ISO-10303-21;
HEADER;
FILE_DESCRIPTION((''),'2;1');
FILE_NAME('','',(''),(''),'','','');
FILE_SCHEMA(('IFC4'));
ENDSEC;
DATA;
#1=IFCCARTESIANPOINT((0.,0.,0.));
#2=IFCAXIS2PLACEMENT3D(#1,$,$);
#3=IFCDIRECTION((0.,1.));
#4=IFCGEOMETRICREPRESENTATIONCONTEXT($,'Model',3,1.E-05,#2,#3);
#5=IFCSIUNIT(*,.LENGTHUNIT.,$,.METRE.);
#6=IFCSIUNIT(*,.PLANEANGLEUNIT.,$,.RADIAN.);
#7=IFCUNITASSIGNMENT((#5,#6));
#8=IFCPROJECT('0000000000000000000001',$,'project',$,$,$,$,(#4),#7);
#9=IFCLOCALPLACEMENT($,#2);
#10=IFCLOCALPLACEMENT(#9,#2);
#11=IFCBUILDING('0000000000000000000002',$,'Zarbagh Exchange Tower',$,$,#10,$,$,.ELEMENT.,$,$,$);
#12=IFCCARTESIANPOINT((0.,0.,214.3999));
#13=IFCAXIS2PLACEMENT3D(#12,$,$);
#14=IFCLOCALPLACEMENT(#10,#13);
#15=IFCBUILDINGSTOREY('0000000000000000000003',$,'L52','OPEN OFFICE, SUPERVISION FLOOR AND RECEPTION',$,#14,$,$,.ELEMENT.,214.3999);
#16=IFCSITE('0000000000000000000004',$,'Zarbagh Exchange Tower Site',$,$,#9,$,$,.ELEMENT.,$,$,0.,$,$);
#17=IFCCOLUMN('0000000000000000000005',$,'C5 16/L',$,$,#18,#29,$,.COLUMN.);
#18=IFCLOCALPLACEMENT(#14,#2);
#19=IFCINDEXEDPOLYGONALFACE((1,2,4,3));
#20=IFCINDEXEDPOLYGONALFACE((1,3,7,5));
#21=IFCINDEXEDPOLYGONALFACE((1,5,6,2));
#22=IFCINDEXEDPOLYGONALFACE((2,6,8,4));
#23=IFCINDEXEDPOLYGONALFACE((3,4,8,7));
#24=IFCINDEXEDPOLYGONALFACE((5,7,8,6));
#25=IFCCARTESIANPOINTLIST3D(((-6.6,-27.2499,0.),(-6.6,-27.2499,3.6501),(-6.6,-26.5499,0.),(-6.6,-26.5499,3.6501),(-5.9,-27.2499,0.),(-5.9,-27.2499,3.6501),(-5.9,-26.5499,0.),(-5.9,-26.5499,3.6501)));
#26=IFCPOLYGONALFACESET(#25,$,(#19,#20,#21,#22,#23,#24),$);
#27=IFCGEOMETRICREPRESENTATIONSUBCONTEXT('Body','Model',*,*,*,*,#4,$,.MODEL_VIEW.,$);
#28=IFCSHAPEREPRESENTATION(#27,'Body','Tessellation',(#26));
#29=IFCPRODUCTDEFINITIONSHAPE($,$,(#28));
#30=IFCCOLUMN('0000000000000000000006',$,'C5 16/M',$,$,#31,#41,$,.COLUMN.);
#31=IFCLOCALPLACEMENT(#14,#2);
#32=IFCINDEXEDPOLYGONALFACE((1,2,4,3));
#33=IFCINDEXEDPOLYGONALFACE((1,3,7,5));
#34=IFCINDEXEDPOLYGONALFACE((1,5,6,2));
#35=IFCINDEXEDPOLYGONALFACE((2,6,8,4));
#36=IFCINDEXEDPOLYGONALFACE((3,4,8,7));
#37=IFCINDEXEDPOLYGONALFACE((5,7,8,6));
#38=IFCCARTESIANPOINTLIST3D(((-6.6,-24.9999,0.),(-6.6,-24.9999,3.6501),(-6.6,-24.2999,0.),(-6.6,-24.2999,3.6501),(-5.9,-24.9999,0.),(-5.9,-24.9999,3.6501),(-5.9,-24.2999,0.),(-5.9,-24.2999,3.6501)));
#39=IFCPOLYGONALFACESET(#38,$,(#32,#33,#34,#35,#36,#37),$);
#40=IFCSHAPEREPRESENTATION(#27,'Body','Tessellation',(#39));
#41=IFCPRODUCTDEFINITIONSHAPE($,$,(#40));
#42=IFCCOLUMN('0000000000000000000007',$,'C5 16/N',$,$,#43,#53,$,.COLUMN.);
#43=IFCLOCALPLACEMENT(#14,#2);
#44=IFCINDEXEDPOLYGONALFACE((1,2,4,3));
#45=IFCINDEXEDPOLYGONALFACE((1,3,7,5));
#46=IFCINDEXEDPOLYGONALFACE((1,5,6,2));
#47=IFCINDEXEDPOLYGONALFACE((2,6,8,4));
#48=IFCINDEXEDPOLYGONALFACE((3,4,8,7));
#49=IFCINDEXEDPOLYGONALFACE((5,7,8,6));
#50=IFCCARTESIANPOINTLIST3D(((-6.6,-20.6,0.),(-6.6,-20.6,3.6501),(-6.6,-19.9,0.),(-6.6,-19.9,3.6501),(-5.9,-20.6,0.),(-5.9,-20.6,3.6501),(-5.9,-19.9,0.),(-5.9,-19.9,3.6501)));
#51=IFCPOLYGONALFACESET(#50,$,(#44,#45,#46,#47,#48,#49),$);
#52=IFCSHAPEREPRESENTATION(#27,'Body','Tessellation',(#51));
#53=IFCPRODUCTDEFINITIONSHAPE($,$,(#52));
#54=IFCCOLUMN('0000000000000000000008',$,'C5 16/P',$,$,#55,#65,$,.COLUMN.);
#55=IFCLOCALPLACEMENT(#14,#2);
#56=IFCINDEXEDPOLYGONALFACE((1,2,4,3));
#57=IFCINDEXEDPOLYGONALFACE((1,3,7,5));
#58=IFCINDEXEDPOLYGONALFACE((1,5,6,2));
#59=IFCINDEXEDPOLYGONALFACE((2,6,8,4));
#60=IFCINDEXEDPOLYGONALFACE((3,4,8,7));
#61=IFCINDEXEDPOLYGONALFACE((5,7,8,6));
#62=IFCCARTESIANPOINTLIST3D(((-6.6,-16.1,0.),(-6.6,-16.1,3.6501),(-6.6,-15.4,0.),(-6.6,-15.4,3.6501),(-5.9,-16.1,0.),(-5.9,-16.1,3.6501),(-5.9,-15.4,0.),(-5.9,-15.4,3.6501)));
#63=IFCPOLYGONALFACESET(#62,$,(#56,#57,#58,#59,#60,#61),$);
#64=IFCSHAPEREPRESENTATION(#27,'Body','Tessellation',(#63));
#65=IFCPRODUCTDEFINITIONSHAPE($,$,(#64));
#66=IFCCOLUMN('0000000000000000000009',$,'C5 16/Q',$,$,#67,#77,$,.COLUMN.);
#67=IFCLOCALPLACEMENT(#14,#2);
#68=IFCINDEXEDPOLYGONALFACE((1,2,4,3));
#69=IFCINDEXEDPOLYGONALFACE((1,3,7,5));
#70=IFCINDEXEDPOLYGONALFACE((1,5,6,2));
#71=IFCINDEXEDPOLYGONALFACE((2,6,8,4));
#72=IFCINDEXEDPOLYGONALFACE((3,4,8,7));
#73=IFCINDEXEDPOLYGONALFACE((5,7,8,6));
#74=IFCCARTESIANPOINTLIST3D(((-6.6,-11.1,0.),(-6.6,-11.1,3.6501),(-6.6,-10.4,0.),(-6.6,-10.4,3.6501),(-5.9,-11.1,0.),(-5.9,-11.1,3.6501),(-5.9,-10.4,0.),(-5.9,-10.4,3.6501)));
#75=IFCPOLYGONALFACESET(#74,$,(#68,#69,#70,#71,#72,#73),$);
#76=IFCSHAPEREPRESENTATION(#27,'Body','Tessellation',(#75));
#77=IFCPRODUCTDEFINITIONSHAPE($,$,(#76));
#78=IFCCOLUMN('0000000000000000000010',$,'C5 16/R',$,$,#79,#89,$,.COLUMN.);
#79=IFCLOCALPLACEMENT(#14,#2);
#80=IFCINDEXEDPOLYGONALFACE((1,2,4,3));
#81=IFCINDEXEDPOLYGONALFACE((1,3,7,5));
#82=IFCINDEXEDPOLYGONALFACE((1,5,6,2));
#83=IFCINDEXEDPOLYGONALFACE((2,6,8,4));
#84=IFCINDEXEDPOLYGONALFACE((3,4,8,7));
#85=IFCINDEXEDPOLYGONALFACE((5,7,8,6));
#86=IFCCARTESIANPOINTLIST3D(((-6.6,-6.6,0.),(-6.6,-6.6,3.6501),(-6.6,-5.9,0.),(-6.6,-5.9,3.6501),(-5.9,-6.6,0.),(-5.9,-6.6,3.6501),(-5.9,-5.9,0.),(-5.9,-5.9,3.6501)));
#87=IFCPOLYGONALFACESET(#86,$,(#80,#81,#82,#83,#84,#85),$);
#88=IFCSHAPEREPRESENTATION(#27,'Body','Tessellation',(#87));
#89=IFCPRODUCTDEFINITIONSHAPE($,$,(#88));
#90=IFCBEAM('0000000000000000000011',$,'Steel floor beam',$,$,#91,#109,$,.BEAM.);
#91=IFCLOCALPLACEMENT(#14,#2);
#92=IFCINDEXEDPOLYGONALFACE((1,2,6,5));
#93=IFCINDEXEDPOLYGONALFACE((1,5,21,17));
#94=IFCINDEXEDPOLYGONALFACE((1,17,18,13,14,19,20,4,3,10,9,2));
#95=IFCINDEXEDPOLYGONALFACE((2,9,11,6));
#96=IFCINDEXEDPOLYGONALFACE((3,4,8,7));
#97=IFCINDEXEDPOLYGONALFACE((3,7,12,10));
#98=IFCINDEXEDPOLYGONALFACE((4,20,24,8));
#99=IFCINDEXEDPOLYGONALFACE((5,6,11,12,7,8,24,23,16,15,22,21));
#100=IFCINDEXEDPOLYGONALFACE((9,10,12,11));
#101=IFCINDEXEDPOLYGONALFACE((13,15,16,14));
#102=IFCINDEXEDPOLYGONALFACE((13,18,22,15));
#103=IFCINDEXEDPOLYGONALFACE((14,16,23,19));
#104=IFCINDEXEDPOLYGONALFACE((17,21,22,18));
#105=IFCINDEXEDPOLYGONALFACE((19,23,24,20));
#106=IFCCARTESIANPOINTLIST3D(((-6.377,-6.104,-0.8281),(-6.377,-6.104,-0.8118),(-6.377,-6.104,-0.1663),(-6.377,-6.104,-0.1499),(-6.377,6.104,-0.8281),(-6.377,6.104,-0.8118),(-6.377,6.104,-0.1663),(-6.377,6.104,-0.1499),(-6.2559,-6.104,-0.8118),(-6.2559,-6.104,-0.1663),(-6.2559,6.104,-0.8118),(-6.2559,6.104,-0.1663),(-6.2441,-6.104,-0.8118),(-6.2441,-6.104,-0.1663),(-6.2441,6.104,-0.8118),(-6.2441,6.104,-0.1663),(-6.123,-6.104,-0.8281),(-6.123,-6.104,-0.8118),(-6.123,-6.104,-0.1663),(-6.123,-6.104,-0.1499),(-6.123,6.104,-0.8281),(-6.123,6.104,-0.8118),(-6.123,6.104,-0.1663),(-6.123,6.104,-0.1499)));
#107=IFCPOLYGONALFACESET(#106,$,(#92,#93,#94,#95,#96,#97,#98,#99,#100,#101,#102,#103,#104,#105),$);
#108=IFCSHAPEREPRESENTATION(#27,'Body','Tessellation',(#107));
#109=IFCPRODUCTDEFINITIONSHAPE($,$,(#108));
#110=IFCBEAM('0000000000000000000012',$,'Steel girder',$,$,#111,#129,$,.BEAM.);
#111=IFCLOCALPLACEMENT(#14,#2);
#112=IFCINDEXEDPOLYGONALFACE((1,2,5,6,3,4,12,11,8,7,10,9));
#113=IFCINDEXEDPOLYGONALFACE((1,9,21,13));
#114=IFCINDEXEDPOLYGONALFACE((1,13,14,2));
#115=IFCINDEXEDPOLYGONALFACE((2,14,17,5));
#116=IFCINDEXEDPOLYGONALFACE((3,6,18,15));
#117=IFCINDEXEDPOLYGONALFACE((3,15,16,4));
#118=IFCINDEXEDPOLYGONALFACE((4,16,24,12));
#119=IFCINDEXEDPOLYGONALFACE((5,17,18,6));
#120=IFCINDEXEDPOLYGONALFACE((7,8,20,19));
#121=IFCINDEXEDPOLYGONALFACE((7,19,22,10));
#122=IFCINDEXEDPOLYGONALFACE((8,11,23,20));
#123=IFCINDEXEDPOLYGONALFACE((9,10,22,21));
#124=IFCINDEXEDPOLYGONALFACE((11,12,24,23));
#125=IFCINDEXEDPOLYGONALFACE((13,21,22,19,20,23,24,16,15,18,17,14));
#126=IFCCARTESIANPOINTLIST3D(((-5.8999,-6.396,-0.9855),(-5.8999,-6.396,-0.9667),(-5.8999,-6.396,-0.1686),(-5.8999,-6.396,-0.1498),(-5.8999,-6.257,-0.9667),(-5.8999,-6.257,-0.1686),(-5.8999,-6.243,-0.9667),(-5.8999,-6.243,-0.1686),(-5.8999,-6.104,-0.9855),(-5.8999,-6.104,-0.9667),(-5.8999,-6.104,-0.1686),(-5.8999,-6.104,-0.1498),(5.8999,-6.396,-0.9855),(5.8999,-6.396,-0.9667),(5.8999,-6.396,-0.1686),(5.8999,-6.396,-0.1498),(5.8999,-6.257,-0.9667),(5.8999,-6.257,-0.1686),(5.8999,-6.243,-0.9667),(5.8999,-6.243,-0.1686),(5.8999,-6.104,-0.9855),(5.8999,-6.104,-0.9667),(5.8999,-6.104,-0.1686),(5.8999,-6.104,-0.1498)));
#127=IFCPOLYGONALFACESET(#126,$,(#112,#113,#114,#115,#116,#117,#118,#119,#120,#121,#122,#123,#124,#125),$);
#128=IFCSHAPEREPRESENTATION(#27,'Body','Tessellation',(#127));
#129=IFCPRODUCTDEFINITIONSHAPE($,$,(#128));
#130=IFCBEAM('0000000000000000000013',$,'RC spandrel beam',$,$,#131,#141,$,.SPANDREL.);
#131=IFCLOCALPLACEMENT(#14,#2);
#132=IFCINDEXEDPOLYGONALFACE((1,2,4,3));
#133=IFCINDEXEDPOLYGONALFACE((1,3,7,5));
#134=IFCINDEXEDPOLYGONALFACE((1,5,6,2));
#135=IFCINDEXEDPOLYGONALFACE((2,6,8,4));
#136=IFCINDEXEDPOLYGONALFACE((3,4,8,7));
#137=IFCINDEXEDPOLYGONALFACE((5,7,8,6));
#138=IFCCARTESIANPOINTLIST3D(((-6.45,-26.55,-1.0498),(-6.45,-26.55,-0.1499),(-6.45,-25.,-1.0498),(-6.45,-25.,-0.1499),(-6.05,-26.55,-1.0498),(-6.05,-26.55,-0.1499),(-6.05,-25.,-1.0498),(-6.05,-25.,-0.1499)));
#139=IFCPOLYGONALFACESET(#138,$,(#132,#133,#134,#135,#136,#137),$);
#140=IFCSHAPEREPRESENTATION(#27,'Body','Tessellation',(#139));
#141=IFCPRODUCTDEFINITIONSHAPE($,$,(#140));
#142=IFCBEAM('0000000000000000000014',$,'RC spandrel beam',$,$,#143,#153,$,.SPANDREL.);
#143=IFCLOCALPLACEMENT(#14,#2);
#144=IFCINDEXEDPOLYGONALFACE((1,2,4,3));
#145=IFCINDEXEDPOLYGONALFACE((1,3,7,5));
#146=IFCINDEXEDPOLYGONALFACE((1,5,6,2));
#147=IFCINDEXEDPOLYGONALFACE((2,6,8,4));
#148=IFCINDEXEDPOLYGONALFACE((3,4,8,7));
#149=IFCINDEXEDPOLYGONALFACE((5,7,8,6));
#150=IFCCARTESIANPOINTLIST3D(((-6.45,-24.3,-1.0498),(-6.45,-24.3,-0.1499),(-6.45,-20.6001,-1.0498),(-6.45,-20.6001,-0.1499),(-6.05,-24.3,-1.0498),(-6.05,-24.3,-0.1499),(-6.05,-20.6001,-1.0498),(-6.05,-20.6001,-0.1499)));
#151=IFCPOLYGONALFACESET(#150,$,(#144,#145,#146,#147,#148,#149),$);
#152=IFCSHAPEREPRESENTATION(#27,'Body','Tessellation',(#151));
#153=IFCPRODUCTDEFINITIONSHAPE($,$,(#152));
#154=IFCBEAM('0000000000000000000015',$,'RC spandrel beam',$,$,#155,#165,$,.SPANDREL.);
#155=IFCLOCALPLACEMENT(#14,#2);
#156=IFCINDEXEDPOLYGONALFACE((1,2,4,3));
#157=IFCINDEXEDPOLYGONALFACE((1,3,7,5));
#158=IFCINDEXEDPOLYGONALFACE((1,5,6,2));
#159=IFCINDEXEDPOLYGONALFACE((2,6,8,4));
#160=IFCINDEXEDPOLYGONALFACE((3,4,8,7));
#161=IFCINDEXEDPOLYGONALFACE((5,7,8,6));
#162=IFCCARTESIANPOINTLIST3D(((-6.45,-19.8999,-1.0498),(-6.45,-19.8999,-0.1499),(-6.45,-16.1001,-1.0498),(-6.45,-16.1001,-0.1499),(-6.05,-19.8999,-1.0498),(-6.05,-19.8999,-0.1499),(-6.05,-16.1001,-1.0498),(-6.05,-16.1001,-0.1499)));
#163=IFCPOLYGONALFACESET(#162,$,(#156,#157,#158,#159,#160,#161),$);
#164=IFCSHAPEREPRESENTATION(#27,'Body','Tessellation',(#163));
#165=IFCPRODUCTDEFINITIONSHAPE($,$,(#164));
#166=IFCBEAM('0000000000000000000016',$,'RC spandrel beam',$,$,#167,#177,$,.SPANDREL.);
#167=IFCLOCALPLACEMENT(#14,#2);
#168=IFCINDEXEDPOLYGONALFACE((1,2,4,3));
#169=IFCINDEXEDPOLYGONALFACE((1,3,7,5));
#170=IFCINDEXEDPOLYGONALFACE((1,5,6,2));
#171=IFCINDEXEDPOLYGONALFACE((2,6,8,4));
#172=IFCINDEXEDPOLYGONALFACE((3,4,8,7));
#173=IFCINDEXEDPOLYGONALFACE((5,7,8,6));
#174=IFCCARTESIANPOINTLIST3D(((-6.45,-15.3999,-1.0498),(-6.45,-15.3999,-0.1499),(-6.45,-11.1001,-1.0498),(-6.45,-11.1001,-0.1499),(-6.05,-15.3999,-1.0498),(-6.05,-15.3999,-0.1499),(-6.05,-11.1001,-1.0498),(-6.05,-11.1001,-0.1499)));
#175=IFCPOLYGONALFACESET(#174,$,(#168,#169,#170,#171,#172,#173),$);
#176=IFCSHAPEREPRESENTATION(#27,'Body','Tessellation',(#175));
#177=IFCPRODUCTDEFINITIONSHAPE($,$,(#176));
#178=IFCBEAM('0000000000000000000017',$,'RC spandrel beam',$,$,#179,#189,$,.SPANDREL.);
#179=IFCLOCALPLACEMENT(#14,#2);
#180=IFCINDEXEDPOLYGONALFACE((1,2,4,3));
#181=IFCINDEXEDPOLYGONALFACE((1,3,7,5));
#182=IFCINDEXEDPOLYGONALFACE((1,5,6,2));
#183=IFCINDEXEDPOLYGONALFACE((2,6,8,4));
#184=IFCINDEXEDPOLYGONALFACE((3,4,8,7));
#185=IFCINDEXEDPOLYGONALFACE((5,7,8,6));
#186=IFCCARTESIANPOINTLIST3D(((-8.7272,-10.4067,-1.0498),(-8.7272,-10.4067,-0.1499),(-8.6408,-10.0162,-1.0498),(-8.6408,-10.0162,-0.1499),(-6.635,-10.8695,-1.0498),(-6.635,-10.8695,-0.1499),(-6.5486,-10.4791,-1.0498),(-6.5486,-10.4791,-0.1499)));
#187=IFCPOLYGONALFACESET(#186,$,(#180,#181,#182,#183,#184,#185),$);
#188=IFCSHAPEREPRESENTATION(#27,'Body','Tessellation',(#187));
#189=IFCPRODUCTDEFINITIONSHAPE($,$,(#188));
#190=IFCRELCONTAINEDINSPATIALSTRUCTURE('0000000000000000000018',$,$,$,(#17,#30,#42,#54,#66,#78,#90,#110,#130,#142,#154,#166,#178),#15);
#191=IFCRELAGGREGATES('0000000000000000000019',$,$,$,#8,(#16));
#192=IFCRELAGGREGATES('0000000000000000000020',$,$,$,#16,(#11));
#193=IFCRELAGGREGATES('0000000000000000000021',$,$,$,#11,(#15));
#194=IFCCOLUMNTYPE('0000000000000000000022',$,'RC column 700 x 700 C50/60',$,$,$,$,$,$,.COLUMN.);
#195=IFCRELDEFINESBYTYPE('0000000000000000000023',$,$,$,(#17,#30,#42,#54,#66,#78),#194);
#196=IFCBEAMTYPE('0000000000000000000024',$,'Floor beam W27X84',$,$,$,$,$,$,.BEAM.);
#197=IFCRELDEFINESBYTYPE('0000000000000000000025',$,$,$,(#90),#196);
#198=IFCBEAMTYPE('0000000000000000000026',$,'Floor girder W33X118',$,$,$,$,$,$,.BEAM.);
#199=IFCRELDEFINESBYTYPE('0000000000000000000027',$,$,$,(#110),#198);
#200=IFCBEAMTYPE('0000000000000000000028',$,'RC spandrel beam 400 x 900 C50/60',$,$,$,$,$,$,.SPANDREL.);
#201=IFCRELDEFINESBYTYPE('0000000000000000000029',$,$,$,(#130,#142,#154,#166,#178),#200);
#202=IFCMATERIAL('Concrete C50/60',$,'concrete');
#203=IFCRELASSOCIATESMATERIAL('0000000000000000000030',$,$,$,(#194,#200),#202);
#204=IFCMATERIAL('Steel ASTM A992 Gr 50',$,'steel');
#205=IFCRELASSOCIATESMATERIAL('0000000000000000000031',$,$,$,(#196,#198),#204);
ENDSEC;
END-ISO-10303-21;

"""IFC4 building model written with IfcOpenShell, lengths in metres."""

from ifc_helpers import new_model, si_unit, direction, frame, origin, origin_2d, place, context, subcontext, project, spatial, rectangle, i_section, extrude, material, material_profile, profile_set, type_object, element, save


model = new_model("IFC4")

# Units and contexts
model_context = context("Model", 3, precision=1e-05, world=origin(), true_north=direction((0.0, 1.0)))
body_context = subcontext(model_context, "Body", "Model", "MODEL_VIEW")
ifc_project = project(units=[si_unit("LENGTHUNIT", "METRE"), si_unit("PLANEANGLEUNIT", "RADIAN")], contexts=[model_context])

# Site, building, storey
site_placement = place(None, origin())
site = spatial("IfcSite", under=ifc_project, at=site_placement, Name="Zarbagh Exchange Tower Site", CompositionType="ELEMENT", RefElevation=0.0)
building_placement = place(site_placement, origin())
building = spatial("IfcBuilding", under=site, at=building_placement, Name="Zarbagh Exchange Tower", CompositionType="ELEMENT")
storey_placement = place(building_placement, frame((0.0, 0.0, 214.3999)))
storey = spatial("IfcBuildingStorey", under=building, at=storey_placement, Name="L52", Description="OPEN OFFICE, SUPERVISION FLOOR AND RECEPTION", CompositionType="ELEMENT", Elevation=214.3999)

# Columns
ifc_material_1 = material(Name="Concrete C50/60", Category="concrete")
ifc_material_profile_1 = material_profile(ifc_material_1, rectangle(XDim=0.7, YDim=0.7, at=origin_2d()), Name="RC column 700 x 700 C50/60")
ifc_profile_set_1 = profile_set([ifc_material_profile_1], Name="Concrete C50/60")
column_type = type_object("IfcColumnType", Name="RC column 700 x 700 C50/60", PredefinedType="COLUMN", material=ifc_profile_set_1)
for number, where, z_axis, x_axis, name in (
    (1, (-6.25, -26.8999, 0.0), (0.0, 0.0, 1.0), (1.0, 0.0, 0.0), "C5 16/L"),
    (2, (-6.25, -24.6499, 0.0), (0.0, 0.0, 1.0), (1.0, 0.0, 0.0), "C5 16/M"),
    (3, (-6.25, -20.25, 0.0), (0.0, 0.0, 1.0), (1.0, 0.0, 0.0), "C5 16/N"),
    (4, (-6.25, -15.75, 0.0), (0.0, 0.0, 1.0), (1.0, 0.0, 0.0), "C5 16/P"),
    (5, (-6.25, -10.75, 0.0), (0.0, 0.0, 1.0), (1.0, 0.0, 0.0), "C5 16/Q"),
    (6, (-6.25, -6.25, 0.0), (0.0, 0.0, 1.0), (1.0, 0.0, 0.0), "C5 16/R"),
):
    element("IfcColumn", number, at=place(storey_placement, frame(where, z_axis=z_axis, x_axis=x_axis)), inside=storey, type_object=column_type, Name=name, PredefinedType="COLUMN", context=body_context, shape_type="SweptSolid", body=[
        extrude(rectangle(XDim=0.7, YDim=0.7, at=origin_2d()), origin(), (0.0, 0.0, 1.0), 3.6501),
    ])

# Beams
ifc_material_2 = material(Name="Steel ASTM A992 Gr 50", Category="steel")
ifc_material_profile_2 = material_profile(ifc_material_2, i_section(OverallWidth=0.2539, OverallDepth=0.6782, WebThickness=0.0117, FlangeThickness=0.0164, at=origin_2d()), Name="W27X84")
ifc_profile_set_2 = profile_set([ifc_material_profile_2], Name="Steel ASTM A992 Gr 50")
beam_type_1 = type_object("IfcBeamType", Name="Floor beam W27X84", PredefinedType="BEAM", material=ifc_profile_set_2)
beam_1_placement = place(storey_placement, frame((-6.25, -6.104, -0.489), z_axis=(0.0, 1.0, 0.0), x_axis=(-1.0, 0.0, 0.0)))
element("IfcBeam", 7, at=beam_1_placement, inside=storey, type_object=beam_type_1, Name="Steel floor beam", PredefinedType="BEAM", context=body_context, shape_type="SweptSolid", body=[
    extrude(i_section(OverallWidth=0.2539, OverallDepth=0.6782, WebThickness=0.0117, FlangeThickness=0.0164, at=origin_2d()), origin(), (0.0, 0.0, 1.0), 12.208),
])
ifc_material_profile_3 = material_profile(ifc_material_2, i_section(OverallWidth=0.292, OverallDepth=0.8357, WebThickness=0.0139, FlangeThickness=0.0188, at=origin_2d()), Name="W33X118")
ifc_profile_set_3 = profile_set([ifc_material_profile_3], Name="Steel ASTM A992 Gr 50")
beam_type_2 = type_object("IfcBeamType", Name="Floor girder W33X118", PredefinedType="BEAM", material=ifc_profile_set_3)
beam_2_placement = place(storey_placement, frame((-5.8999, -6.25, -0.5676), z_axis=(1.0, 0.0, 0.0), x_axis=(0.0, 1.0, 0.0)))
element("IfcBeam", 8, at=beam_2_placement, inside=storey, type_object=beam_type_2, Name="Steel girder", PredefinedType="BEAM", context=body_context, shape_type="SweptSolid", body=[
    extrude(i_section(OverallWidth=0.292, OverallDepth=0.8357, WebThickness=0.0139, FlangeThickness=0.0188, at=origin_2d()), origin(), (0.0, 0.0, 1.0), 11.7998),
])
ifc_material_profile_4 = material_profile(ifc_material_1, rectangle(XDim=0.3999, YDim=0.8999, at=origin_2d()), Name="RC spandrel beam 400 x 900 C50/60")
ifc_profile_set_4 = profile_set([ifc_material_profile_4], Name="Concrete C50/60")
beam_type_3 = type_object("IfcBeamType", Name="RC spandrel beam 400 x 900 C50/60", PredefinedType="SPANDREL", material=ifc_profile_set_4)
beam_3_placement = place(storey_placement, frame((-6.25, -26.55, -0.5999), z_axis=(0.0, 1.0, 0.0), x_axis=(-1.0, 0.0, 0.0)))
element("IfcBeam", 9, at=beam_3_placement, inside=storey, type_object=beam_type_3, Name="RC spandrel beam", PredefinedType="SPANDREL", context=body_context, shape_type="SweptSolid", body=[
    extrude(rectangle(XDim=0.3999, YDim=0.8999, at=origin_2d()), origin(), (0.0, 0.0, 1.0), 1.55),
])
beam_4_placement = place(storey_placement, frame((-6.25, -24.3, -0.5999), z_axis=(0.0, 1.0, 0.0), x_axis=(-1.0, 0.0, 0.0)))
element("IfcBeam", 10, at=beam_4_placement, inside=storey, type_object=beam_type_3, Name="RC spandrel beam", PredefinedType="SPANDREL", context=body_context, shape_type="SweptSolid", body=[
    extrude(rectangle(XDim=0.3999, YDim=0.8999, at=origin_2d()), origin(), (0.0, 0.0, 1.0), 3.7),
])
beam_5_placement = place(storey_placement, frame((-6.25, -19.8999, -0.5999), z_axis=(0.0, 1.0, 0.0), x_axis=(-1.0, 0.0, 0.0)))
element("IfcBeam", 11, at=beam_5_placement, inside=storey, type_object=beam_type_3, Name="RC spandrel beam", PredefinedType="SPANDREL", context=body_context, shape_type="SweptSolid", body=[
    extrude(rectangle(XDim=0.3999, YDim=0.8999, at=origin_2d()), origin(), (0.0, 0.0, 1.0), 3.7998),
])
beam_6_placement = place(storey_placement, frame((-6.25, -15.3999, -0.5999), z_axis=(0.0, 1.0, 0.0), x_axis=(-1.0, 0.0, 0.0)))
element("IfcBeam", 12, at=beam_6_placement, inside=storey, type_object=beam_type_3, Name="RC spandrel beam", PredefinedType="SPANDREL", context=body_context, shape_type="SweptSolid", body=[
    extrude(rectangle(XDim=0.3999, YDim=0.8999, at=origin_2d()), origin(), (0.0, 0.0, 1.0), 4.2998),
])
beam_7_placement = place(storey_placement, frame((-6.5918, -10.6743, -0.5999), z_axis=(-0.97639, 0.216014, 0.0), x_axis=(-0.216014, -0.97639, 0.0)))
element("IfcBeam", 13, at=beam_7_placement, inside=storey, type_object=beam_type_3, Name="RC spandrel beam", PredefinedType="SPANDREL", context=body_context, shape_type="SweptSolid", body=[
    extrude(rectangle(XDim=0.3999, YDim=0.8999, at=origin_2d()), origin(), (0.0, 0.0, 1.0), 2.1428),
])

save(model, "model.ifc")
